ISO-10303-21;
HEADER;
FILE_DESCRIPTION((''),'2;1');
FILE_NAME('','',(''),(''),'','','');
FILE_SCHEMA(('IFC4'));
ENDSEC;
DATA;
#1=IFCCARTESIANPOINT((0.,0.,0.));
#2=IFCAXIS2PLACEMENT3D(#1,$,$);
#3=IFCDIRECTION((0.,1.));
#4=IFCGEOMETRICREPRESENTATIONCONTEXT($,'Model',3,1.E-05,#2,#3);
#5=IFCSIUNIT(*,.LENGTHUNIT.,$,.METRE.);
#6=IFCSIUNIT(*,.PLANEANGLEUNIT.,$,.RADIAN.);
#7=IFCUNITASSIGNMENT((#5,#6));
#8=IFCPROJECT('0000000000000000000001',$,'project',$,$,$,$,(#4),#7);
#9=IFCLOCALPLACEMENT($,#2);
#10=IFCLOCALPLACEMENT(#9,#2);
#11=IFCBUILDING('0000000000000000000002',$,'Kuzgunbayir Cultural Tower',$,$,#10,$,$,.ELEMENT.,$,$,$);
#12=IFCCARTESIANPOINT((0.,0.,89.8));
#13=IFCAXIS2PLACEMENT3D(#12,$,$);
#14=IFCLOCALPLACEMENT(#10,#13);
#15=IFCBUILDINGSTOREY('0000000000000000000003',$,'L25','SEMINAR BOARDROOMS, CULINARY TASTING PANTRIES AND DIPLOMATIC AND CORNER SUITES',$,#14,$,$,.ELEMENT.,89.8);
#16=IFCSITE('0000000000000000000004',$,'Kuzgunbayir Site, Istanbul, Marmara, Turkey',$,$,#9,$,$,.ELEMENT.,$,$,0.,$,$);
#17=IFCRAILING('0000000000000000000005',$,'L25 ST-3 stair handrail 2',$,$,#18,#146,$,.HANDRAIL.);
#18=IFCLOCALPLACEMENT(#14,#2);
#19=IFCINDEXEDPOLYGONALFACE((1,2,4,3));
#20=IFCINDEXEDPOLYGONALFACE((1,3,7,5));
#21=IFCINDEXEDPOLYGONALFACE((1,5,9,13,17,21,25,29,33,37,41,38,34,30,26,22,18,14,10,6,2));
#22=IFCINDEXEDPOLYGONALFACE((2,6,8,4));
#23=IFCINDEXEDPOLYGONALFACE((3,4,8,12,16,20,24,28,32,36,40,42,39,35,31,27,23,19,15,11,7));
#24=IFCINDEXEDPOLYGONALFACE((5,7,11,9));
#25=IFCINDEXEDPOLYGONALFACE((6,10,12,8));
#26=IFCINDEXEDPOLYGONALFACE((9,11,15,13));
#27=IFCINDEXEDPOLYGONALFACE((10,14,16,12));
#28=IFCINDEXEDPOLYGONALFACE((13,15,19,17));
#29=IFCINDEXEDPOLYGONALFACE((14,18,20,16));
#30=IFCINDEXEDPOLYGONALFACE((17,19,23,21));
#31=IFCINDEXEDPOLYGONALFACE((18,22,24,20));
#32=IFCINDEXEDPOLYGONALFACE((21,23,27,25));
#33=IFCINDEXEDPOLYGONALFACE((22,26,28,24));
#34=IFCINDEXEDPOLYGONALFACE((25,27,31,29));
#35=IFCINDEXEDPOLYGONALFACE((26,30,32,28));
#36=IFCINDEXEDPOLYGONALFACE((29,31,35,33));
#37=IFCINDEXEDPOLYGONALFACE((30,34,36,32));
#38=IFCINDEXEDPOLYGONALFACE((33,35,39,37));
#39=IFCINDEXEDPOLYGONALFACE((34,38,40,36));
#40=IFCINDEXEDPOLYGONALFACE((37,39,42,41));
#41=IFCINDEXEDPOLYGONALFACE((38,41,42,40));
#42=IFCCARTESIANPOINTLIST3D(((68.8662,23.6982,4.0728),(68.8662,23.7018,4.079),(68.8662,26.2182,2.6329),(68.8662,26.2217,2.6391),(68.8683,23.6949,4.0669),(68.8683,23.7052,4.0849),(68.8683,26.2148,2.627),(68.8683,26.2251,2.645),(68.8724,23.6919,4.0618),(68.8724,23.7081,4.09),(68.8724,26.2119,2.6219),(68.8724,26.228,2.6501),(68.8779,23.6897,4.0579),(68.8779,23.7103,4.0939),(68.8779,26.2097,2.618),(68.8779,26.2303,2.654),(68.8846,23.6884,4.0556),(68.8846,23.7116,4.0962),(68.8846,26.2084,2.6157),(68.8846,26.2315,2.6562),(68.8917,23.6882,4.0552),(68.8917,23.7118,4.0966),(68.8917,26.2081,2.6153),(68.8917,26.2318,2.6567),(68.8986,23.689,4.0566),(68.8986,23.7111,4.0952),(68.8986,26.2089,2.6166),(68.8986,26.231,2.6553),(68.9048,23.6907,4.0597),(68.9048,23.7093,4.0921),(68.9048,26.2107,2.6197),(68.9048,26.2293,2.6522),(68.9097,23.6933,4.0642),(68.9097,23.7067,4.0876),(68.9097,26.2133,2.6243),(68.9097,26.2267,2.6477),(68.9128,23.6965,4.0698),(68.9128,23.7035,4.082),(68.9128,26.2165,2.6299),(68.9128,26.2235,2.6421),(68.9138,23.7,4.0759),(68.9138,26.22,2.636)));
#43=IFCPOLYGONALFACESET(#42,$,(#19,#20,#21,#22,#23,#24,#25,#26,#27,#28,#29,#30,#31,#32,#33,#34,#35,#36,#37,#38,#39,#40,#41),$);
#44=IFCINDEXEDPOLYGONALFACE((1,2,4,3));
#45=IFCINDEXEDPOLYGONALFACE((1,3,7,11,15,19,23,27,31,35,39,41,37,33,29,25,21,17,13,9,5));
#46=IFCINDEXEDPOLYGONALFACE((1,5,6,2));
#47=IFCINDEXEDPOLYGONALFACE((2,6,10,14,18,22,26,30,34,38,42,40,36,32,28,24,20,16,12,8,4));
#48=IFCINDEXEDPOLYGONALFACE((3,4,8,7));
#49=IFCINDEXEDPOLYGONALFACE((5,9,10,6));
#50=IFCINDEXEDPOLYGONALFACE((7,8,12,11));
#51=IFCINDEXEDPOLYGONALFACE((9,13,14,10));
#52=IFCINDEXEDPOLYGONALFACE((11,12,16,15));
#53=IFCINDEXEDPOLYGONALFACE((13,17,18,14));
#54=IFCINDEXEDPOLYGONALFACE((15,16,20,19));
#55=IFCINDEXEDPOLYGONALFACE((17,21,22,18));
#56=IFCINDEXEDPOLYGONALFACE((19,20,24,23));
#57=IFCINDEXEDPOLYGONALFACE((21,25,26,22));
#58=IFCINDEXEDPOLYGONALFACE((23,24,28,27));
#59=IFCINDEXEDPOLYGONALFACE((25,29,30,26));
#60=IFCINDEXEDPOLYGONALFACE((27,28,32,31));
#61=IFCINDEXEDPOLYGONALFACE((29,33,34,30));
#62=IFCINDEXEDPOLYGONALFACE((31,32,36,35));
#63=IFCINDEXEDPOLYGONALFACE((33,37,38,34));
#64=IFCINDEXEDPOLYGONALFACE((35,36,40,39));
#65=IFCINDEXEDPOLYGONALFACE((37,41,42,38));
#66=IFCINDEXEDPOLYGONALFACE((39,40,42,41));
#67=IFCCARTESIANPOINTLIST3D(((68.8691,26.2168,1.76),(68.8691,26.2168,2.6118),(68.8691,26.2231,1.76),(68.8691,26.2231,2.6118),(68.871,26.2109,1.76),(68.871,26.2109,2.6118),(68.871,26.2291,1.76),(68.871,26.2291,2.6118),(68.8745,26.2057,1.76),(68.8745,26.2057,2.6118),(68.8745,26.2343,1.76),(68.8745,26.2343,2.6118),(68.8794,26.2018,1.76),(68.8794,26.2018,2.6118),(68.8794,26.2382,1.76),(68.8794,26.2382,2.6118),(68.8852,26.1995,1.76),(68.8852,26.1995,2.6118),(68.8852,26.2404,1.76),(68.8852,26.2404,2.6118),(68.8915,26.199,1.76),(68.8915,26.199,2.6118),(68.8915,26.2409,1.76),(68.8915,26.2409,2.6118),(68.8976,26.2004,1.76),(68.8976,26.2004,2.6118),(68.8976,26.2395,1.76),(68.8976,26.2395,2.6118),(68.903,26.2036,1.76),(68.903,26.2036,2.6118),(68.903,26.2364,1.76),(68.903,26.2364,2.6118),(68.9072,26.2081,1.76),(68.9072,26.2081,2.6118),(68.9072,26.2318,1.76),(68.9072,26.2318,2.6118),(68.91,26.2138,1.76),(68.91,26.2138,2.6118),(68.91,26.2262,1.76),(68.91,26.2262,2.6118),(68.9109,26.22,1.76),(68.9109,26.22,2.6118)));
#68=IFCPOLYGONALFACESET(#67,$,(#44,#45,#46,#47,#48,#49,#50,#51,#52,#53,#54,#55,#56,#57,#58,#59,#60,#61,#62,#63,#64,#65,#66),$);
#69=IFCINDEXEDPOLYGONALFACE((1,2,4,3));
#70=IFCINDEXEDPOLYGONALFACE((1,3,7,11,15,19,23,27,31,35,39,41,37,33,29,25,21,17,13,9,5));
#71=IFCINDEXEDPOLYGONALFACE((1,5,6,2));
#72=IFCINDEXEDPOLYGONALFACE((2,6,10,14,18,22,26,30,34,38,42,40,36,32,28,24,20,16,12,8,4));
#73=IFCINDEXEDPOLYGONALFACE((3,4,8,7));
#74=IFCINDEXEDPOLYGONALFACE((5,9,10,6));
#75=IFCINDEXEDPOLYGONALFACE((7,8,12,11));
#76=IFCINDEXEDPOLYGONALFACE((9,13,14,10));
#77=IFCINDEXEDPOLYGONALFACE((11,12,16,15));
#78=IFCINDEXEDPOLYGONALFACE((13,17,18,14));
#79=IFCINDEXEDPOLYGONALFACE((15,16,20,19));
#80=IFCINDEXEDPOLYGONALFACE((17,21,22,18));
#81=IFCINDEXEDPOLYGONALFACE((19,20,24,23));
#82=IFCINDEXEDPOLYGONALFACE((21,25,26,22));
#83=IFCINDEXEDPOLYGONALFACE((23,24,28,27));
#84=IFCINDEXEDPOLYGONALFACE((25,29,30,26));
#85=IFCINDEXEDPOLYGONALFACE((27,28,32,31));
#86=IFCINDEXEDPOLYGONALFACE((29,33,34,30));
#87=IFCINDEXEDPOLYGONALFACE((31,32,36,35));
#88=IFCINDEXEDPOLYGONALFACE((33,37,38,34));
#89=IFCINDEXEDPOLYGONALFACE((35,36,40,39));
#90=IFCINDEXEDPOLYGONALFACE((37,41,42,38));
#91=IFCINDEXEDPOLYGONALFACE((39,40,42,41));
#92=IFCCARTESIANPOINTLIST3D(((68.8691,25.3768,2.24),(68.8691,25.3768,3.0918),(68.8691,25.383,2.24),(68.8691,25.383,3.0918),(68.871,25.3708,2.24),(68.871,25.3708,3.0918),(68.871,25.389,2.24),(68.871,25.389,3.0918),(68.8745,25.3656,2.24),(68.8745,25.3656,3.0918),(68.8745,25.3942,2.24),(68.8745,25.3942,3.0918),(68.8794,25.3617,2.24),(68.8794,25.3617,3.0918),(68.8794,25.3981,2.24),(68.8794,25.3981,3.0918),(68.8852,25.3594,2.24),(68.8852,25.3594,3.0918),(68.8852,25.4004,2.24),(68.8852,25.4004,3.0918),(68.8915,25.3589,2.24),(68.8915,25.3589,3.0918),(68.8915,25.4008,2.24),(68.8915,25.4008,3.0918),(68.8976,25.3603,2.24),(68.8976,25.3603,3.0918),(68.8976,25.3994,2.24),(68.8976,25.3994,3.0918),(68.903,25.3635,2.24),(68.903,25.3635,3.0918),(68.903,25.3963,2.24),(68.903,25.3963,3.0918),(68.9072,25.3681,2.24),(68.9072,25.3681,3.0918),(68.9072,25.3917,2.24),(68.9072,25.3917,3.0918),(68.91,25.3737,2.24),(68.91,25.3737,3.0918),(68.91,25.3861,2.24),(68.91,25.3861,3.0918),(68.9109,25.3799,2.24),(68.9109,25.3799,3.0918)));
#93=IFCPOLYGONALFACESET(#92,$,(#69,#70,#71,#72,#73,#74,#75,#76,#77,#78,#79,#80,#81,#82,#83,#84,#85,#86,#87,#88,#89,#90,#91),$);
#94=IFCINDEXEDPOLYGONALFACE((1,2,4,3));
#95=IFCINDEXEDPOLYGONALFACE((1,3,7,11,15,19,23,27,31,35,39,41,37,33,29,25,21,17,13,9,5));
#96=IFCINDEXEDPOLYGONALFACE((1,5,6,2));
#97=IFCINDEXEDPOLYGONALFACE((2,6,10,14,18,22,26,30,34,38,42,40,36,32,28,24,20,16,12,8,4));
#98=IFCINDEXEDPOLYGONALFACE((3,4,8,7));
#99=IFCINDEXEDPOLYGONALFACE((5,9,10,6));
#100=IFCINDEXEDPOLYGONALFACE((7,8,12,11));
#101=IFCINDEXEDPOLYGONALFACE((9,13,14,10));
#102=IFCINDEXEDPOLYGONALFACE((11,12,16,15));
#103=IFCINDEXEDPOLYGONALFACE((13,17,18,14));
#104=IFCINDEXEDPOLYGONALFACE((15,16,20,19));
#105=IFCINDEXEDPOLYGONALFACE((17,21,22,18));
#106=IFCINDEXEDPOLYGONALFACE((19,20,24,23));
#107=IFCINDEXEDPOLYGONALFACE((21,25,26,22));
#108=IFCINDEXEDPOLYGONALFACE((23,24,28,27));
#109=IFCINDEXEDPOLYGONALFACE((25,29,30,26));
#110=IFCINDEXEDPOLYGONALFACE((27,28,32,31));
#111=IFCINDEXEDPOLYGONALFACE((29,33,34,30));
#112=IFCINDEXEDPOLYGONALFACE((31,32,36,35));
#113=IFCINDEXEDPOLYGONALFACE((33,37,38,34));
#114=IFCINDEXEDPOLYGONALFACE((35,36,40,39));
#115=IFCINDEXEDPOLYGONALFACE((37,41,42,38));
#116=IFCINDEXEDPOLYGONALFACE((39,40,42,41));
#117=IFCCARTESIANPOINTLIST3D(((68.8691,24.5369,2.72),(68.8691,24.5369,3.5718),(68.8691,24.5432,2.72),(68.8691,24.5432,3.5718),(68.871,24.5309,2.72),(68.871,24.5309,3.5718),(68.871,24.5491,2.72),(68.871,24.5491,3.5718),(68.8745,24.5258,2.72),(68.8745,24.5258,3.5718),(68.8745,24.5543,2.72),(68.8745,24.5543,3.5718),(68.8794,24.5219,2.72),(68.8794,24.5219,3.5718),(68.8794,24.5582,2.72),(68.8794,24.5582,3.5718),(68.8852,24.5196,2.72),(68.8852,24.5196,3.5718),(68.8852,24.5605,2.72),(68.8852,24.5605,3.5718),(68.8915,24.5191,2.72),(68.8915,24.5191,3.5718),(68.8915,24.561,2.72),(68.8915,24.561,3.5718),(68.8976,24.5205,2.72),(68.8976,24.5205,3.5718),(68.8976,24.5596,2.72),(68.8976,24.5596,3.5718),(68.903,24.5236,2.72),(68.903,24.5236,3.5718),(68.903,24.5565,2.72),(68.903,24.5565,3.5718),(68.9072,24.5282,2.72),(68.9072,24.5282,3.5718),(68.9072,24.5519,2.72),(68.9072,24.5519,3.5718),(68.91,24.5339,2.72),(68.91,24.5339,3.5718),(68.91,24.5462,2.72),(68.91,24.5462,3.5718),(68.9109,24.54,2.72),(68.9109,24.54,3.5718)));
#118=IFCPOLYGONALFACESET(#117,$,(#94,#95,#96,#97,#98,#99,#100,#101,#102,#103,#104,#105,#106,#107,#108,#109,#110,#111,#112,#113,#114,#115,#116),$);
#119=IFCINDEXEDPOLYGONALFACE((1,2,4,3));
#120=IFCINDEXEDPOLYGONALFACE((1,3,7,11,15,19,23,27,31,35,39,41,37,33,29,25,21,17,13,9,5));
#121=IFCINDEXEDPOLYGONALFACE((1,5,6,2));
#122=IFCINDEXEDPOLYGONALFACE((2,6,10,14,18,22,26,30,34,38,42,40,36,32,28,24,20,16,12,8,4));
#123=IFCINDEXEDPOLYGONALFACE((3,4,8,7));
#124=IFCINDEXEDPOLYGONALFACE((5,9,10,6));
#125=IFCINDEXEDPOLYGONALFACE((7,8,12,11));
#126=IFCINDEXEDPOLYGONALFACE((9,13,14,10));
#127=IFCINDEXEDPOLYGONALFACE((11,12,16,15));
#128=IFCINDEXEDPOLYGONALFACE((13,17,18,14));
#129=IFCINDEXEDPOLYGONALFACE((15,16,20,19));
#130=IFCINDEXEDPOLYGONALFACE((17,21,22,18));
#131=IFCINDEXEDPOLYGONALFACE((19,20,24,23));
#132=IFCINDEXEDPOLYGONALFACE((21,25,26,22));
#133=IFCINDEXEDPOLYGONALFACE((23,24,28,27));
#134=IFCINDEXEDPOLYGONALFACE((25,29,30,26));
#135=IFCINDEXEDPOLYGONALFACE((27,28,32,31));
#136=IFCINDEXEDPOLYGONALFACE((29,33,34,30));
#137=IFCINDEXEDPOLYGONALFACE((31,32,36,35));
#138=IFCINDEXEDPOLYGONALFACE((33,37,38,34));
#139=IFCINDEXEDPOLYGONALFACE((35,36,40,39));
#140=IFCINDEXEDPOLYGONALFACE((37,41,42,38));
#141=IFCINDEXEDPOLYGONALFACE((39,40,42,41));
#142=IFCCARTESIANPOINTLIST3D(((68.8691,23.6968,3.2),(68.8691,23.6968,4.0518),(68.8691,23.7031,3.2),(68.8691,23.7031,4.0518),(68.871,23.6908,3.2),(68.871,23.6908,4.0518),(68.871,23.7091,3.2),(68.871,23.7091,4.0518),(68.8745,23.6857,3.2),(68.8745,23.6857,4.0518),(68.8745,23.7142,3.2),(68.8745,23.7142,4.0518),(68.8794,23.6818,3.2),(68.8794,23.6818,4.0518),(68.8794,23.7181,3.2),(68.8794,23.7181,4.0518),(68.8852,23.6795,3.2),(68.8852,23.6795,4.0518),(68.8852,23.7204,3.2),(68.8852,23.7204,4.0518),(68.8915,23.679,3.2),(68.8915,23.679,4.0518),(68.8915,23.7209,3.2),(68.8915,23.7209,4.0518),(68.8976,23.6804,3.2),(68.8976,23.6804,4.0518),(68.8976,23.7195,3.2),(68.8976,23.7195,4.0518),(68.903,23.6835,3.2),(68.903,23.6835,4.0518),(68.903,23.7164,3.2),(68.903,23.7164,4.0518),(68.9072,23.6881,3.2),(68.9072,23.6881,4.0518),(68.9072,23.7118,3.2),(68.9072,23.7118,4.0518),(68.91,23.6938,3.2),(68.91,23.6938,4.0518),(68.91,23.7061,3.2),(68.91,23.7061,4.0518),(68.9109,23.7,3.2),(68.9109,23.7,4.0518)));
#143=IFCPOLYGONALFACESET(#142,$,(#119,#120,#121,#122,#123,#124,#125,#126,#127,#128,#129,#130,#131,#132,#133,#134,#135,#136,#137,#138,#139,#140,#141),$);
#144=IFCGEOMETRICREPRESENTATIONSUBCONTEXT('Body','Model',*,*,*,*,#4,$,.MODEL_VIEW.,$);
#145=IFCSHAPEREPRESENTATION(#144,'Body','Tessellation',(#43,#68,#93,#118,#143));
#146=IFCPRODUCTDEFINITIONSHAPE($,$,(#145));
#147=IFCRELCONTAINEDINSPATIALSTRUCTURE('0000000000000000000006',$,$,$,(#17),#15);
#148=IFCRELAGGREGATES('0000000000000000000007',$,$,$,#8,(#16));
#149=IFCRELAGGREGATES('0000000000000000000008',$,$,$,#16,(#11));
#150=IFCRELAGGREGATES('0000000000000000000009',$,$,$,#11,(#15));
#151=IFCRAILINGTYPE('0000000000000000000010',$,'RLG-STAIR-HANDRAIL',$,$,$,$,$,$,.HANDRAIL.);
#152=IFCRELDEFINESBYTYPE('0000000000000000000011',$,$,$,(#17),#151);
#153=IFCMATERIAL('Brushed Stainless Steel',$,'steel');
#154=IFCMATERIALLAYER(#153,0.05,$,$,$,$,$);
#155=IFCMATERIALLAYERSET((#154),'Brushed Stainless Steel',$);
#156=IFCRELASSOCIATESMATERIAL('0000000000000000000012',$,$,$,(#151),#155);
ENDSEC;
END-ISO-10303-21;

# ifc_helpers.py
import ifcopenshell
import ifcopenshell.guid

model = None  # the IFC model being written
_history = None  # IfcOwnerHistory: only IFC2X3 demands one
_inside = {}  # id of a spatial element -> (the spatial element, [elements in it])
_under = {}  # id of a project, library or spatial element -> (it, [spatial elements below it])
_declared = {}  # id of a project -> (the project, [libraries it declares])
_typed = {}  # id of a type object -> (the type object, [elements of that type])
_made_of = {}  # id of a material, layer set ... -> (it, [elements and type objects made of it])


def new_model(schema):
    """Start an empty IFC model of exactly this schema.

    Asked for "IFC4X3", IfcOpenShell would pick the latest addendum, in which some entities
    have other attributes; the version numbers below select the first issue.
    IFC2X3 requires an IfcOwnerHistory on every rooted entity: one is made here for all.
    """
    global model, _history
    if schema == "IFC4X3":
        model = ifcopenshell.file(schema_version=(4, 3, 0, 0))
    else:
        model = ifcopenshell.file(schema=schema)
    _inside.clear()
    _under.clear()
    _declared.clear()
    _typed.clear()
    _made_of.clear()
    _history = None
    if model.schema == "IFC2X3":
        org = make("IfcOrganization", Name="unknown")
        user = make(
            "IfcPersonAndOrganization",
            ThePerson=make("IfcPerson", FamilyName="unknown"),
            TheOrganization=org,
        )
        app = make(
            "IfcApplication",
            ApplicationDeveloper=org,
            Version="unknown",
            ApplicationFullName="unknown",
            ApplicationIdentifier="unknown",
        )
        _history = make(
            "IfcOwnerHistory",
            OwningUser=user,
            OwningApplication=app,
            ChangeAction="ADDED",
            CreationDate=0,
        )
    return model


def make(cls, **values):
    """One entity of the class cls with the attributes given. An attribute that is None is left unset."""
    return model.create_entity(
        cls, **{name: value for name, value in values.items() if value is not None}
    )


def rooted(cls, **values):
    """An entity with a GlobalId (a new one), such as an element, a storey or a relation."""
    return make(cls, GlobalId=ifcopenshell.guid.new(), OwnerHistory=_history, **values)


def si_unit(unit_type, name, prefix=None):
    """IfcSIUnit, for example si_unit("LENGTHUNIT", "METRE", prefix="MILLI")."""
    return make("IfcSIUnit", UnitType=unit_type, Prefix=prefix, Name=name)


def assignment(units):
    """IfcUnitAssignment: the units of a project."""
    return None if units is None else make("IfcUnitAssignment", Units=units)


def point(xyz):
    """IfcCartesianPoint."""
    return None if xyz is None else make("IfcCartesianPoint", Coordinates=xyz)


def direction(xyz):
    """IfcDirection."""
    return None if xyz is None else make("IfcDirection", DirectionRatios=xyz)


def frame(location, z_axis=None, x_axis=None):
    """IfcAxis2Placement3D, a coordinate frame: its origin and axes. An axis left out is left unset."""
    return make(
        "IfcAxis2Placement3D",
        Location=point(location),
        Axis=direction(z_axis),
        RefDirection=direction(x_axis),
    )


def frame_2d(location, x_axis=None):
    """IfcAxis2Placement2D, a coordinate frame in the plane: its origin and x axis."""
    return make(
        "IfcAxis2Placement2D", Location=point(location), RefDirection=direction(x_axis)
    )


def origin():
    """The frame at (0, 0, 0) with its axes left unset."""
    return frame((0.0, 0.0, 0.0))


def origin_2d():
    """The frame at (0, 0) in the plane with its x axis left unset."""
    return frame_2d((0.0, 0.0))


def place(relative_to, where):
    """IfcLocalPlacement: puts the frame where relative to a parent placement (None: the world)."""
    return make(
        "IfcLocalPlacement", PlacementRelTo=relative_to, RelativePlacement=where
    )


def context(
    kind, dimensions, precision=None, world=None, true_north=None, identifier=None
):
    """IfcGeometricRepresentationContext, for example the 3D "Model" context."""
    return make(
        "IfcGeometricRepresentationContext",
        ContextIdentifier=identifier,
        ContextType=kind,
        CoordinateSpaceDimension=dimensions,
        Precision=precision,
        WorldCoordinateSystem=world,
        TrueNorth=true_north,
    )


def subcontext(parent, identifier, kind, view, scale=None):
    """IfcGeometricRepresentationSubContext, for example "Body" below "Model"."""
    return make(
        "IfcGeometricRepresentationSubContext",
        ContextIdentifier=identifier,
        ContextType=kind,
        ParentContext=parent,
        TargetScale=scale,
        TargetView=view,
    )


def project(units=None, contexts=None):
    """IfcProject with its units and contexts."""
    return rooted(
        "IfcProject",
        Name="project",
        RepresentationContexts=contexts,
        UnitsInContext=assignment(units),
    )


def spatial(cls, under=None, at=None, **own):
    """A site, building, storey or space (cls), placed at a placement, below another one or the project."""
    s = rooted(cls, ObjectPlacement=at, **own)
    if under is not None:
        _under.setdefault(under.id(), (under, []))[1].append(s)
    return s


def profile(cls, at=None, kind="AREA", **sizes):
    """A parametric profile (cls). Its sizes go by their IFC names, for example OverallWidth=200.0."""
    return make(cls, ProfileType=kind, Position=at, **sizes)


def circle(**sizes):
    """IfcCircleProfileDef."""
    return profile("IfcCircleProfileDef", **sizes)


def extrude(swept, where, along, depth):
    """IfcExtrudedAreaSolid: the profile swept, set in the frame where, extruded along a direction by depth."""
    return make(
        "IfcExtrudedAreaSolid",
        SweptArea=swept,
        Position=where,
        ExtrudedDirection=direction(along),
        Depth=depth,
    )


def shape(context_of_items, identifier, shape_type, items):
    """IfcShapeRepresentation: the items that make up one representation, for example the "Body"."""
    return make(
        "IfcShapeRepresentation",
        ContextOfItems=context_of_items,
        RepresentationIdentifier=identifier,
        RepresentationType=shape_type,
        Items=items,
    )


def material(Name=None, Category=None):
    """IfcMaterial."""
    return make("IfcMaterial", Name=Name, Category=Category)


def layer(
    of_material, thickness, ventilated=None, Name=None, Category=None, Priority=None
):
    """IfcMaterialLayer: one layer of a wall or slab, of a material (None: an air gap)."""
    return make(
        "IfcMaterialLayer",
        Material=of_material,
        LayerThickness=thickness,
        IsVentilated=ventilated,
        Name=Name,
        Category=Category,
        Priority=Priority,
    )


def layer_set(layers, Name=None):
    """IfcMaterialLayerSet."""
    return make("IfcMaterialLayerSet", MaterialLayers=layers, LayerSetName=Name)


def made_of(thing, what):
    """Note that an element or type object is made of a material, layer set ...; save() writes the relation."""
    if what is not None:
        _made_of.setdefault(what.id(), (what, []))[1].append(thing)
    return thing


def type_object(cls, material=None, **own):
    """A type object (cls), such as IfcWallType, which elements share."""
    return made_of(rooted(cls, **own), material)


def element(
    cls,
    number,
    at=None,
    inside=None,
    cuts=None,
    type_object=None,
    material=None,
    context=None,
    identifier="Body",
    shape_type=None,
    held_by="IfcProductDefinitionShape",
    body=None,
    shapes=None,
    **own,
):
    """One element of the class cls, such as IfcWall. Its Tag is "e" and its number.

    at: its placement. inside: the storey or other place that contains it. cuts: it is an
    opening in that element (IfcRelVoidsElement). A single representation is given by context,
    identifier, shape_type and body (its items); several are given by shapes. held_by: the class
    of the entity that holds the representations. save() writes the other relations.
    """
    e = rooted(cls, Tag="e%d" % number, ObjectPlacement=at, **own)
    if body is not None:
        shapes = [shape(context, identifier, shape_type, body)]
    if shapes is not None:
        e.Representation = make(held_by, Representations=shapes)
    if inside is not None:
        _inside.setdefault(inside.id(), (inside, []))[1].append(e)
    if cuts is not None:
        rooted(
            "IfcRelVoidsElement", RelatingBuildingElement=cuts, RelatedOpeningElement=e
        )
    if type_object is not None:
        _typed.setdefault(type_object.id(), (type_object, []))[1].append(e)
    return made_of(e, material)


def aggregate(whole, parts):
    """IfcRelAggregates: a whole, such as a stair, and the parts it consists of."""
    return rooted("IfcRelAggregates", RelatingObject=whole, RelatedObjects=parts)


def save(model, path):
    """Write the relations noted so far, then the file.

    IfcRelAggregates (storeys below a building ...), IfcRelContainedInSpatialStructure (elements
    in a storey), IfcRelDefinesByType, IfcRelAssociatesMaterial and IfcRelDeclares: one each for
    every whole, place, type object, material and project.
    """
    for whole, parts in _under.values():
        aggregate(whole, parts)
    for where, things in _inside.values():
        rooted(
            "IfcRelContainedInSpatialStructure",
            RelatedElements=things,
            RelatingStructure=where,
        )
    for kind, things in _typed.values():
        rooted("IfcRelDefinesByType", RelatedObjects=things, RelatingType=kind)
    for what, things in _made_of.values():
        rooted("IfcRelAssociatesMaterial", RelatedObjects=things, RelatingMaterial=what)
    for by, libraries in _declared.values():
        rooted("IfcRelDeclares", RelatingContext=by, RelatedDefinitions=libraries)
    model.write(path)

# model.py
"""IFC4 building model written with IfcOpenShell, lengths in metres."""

from ifc_helpers import new_model, si_unit, direction, frame, origin, origin_2d, place, context, subcontext, project, spatial, circle, extrude, material, layer, layer_set, type_object, element, save


model = new_model("IFC4")

# Units and contexts
model_context = context("Model", 3, precision=1e-05, world=origin(), true_north=direction((0.0, 1.0)))
body_context = subcontext(model_context, "Body", "Model", "MODEL_VIEW")
ifc_project = project(units=[si_unit("LENGTHUNIT", "METRE"), si_unit("PLANEANGLEUNIT", "RADIAN")], contexts=[model_context])

# Site, building, storey
site_placement = place(None, origin())
site = spatial("IfcSite", under=ifc_project, at=site_placement, Name="Kuzgunbayir Site, Istanbul, Marmara, Turkey", CompositionType="ELEMENT", RefElevation=0.0)
building_placement = place(site_placement, origin())
building = spatial("IfcBuilding", under=site, at=building_placement, Name="Kuzgunbayir Cultural Tower", CompositionType="ELEMENT")
storey_placement = place(building_placement, frame((0.0, 0.0, 89.8)))
storey = spatial("IfcBuildingStorey", under=building, at=storey_placement, Name="L25", Description="SEMINAR BOARDROOMS, CULINARY TASTING PANTRIES AND DIPLOMATIC AND CORNER SUITES", CompositionType="ELEMENT", Elevation=89.8)

# Shared definitions
ifc_material_1 = material(Name="Brushed Stainless Steel", Category="steel")

# Railing
ifc_layer_1 = layer(ifc_material_1, 0.05)
ifc_layer_set_1 = layer_set([ifc_layer_1], Name="Brushed Stainless Steel")
railing_type_1 = type_object("IfcRailingType", Name="RLG-STAIR-HANDRAIL", PredefinedType="HANDRAIL", material=ifc_layer_set_1)
railing_1_placement = place(storey_placement, frame((68.8899, 26.22, 1.76)))
element("IfcRailing", 1, at=railing_1_placement, inside=storey, type_object=railing_type_1, Name="L25 ST-3 stair handrail 2", PredefinedType="HANDRAIL", context=body_context, shape_type="SweptSolid", body=[
    extrude(circle(Radius=0.0239, at=origin_2d()), frame((0.0, 0.0, 0.876), z_axis=(0.0, -0.868253, 0.496121), x_axis=(1.0, 0.0, 0.0)), (0.0, 0.0, 1.0), 2.9023),
    extrude(circle(Radius=0.021, at=origin_2d()), origin(), (0.0, 0.0, 1.0), 0.8518),
    extrude(circle(Radius=0.021, at=origin_2d()), frame((0.0, -0.8401, 0.48)), (0.0, 0.0, 1.0), 0.8518),
    extrude(circle(Radius=0.021, at=origin_2d()), frame((0.0, -1.6799, 0.96)), (0.0, 0.0, 1.0), 0.8518),
    extrude(circle(Radius=0.021, at=origin_2d()), frame((0.0, -2.52, 1.4399)), (0.0, 0.0, 1.0), 0.8518),
])

save(model, "model.ifc")
